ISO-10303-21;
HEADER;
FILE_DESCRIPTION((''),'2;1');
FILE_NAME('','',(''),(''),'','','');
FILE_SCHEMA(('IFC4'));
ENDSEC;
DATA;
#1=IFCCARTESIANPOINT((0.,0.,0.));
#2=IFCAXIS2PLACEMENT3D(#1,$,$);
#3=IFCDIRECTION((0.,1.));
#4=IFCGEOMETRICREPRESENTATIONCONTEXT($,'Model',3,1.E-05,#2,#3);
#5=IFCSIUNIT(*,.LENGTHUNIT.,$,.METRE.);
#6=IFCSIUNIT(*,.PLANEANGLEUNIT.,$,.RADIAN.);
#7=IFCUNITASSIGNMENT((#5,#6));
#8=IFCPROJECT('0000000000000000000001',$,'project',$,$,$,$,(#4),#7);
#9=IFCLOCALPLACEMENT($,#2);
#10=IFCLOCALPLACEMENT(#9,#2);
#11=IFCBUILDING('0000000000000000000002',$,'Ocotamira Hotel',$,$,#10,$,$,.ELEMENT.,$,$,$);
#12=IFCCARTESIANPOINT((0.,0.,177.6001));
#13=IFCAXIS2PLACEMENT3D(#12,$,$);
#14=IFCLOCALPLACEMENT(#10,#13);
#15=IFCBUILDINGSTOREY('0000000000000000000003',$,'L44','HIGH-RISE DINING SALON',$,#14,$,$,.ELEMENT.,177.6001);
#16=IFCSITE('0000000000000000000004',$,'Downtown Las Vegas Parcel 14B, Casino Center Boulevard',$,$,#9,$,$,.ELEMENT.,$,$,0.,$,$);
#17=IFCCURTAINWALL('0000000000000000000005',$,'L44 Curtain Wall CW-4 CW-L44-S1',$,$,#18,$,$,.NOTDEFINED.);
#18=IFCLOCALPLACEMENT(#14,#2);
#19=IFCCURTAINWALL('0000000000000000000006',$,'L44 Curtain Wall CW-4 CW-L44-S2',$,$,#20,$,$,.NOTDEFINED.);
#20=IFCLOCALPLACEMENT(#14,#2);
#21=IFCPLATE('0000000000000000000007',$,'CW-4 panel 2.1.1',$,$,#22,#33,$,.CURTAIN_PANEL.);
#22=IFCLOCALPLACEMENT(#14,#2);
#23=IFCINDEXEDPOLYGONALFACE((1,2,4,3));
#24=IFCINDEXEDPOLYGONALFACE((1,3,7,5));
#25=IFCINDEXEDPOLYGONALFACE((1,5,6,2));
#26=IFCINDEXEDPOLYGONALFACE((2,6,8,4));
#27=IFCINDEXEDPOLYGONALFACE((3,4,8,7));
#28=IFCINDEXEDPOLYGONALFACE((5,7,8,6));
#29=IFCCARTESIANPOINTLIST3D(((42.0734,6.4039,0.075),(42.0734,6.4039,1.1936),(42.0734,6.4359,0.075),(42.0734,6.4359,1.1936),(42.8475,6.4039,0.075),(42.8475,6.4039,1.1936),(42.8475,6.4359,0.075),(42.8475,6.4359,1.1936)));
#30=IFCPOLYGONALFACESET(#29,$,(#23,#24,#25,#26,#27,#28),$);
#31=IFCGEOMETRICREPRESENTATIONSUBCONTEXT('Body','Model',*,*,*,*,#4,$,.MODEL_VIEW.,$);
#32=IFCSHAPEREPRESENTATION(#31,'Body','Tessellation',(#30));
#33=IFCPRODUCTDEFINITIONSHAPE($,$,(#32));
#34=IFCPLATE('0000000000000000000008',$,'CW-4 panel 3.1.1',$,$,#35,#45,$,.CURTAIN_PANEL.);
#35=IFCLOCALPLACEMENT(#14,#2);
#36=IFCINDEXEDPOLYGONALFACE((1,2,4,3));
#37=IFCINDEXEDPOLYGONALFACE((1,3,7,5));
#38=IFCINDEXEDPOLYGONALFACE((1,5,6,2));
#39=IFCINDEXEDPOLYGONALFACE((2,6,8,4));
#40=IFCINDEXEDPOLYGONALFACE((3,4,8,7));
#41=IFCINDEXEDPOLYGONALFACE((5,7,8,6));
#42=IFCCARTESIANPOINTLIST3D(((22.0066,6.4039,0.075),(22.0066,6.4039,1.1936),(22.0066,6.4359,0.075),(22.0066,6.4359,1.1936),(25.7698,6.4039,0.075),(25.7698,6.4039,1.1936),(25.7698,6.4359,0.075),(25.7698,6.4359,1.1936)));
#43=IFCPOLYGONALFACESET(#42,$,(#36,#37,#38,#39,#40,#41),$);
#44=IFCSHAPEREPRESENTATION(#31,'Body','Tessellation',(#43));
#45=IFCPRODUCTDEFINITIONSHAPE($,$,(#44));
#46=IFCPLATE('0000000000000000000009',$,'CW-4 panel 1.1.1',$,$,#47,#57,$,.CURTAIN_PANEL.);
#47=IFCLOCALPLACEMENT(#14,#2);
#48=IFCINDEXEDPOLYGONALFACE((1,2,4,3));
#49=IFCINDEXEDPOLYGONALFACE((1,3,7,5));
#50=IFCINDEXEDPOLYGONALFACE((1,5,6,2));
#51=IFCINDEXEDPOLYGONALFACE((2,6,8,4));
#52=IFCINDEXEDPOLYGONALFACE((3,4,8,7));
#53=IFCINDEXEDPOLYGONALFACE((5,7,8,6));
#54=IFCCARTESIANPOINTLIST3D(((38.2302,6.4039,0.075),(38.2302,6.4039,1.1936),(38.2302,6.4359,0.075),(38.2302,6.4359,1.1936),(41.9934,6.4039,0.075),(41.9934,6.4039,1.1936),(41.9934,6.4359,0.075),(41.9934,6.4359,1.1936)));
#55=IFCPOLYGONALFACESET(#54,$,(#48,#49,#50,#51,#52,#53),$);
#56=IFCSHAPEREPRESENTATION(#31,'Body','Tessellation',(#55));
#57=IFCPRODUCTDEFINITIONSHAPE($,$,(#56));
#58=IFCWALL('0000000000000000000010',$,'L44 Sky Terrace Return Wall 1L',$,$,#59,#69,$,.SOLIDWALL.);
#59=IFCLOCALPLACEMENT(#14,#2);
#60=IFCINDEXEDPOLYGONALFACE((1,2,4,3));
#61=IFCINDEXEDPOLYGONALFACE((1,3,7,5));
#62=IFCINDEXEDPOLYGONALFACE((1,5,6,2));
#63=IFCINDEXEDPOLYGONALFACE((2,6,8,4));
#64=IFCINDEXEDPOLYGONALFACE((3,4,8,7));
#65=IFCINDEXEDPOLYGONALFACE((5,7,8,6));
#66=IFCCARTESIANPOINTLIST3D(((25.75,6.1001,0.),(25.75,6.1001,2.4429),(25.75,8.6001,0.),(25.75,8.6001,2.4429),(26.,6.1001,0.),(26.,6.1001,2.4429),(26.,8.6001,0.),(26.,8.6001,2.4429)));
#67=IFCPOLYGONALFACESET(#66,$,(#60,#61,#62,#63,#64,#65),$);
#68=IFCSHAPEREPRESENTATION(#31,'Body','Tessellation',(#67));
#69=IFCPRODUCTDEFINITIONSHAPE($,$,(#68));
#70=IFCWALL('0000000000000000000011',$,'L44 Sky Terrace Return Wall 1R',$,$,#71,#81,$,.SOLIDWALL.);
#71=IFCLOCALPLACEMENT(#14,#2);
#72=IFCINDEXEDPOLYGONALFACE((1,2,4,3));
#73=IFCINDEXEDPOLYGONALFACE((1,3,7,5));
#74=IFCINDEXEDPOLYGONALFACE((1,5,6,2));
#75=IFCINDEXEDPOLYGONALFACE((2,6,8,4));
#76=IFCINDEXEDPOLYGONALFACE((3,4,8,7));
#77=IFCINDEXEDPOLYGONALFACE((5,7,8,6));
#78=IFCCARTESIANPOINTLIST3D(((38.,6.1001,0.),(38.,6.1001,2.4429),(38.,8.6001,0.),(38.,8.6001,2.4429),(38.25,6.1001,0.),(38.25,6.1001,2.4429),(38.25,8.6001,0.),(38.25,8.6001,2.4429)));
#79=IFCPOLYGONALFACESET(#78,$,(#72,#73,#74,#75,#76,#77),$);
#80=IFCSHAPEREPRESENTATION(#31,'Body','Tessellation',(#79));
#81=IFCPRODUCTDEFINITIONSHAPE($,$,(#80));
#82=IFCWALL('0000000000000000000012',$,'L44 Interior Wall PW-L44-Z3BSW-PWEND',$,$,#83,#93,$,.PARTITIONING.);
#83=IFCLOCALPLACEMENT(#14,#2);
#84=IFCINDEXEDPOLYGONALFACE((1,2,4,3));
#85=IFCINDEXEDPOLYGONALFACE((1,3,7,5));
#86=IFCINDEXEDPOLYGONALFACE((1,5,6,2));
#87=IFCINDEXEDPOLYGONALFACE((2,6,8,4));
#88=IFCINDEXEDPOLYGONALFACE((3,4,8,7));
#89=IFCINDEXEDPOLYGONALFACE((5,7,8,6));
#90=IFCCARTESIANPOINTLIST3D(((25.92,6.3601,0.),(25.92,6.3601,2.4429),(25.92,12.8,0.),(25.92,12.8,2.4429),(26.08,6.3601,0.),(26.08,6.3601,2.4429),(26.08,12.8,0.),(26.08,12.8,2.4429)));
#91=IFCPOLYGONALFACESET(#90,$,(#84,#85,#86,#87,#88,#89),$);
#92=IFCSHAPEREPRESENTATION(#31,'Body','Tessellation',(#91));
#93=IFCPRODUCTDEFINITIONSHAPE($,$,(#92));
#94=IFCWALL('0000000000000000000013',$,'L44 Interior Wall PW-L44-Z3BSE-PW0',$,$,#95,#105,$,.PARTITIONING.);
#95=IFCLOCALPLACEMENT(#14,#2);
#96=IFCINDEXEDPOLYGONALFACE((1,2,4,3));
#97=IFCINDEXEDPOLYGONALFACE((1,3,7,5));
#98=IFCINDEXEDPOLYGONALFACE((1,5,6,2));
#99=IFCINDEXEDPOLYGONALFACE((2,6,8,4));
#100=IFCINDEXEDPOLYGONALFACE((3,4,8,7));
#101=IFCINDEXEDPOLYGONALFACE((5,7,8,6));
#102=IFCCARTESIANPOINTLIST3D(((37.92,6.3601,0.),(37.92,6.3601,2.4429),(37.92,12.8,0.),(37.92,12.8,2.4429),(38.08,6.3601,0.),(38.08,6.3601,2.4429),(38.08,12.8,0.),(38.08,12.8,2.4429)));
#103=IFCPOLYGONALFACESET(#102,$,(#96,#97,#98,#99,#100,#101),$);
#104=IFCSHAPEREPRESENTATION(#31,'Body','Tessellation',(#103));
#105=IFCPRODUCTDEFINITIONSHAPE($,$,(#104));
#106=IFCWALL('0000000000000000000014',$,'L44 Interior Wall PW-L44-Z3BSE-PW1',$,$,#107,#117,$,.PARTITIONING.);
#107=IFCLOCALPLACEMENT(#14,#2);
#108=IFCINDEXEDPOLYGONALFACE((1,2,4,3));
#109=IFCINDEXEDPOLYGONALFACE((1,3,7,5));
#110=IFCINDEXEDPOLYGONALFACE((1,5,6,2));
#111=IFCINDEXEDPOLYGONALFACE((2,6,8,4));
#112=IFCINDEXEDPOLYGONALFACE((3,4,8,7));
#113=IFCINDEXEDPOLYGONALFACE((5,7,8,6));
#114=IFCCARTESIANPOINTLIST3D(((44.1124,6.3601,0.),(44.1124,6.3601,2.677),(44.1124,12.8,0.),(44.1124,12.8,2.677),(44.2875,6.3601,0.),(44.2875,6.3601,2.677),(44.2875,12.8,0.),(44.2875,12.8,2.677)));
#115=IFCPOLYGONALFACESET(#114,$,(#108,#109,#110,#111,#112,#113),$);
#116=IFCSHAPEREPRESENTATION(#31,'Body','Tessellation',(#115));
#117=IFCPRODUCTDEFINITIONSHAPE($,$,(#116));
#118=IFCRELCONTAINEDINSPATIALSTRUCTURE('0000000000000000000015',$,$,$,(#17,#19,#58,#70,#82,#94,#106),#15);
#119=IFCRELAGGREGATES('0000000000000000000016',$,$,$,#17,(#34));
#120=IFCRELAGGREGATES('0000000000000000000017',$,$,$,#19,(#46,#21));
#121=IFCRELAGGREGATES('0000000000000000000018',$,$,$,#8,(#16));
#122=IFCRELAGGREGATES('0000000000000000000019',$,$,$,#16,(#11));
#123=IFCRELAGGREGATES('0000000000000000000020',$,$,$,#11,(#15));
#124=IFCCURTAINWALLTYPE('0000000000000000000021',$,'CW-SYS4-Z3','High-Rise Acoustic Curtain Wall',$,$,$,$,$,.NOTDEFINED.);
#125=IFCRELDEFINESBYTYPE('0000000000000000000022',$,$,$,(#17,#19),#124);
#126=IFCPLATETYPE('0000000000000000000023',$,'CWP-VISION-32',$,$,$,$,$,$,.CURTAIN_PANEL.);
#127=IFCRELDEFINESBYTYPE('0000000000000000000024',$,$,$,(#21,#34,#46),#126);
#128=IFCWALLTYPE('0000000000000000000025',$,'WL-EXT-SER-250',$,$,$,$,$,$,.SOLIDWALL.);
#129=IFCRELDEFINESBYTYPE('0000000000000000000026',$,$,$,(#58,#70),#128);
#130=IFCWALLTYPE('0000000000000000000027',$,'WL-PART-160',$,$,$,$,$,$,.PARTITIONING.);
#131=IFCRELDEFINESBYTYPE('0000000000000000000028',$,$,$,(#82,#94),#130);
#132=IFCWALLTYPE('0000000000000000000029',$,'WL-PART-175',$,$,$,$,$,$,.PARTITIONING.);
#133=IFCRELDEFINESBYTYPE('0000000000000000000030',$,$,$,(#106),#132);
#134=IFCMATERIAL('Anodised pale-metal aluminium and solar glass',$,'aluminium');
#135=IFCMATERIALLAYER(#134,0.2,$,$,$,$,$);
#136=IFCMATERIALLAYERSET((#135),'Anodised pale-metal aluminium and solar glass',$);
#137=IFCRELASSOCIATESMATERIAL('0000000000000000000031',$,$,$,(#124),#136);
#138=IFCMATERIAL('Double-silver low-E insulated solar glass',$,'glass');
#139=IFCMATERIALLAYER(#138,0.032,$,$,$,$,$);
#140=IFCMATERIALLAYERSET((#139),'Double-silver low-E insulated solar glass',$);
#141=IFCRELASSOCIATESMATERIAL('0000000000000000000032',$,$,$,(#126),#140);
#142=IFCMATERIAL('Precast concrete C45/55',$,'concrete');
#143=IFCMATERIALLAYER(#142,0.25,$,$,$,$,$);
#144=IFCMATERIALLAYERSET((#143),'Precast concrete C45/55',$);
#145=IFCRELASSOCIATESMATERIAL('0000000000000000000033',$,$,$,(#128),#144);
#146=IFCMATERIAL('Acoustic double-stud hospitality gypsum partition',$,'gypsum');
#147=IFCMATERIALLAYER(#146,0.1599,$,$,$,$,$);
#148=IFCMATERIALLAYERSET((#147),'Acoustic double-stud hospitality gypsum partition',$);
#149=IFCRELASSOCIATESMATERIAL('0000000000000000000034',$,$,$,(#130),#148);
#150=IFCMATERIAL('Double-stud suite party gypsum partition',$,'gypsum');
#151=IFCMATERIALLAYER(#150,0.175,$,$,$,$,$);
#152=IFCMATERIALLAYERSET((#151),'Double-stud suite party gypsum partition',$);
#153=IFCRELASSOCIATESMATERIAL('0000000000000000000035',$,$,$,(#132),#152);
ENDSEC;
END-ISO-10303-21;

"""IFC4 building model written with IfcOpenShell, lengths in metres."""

from ifc_helpers import new_model, si_unit, direction, frame, frame_2d, origin, origin_2d, place, context, subcontext, project, spatial, rectangle, extrude, source, transform, mapped, material, layer, layer_set, type_object, element, aggregate, save


model = new_model("IFC4")

# Units and contexts
model_context = context("Model", 3, precision=1e-05, world=origin(), true_north=direction((0.0, 1.0)))
body_context = subcontext(model_context, "Body", "Model", "MODEL_VIEW")
ifc_project = project(units=[si_unit("LENGTHUNIT", "METRE"), si_unit("PLANEANGLEUNIT", "RADIAN")], contexts=[model_context])

# Site, building, storey
site_placement = place(None, origin())
site = spatial("IfcSite", under=ifc_project, at=site_placement, Name="Downtown Las Vegas Parcel 14B, Casino Center Boulevard", CompositionType="ELEMENT", RefElevation=0.0)
building_placement = place(site_placement, origin())
building = spatial("IfcBuilding", under=site, at=building_placement, Name="Ocotamira Hotel", CompositionType="ELEMENT")
storey_placement = place(building_placement, frame((0.0, 0.0, 177.6001)))
storey = spatial("IfcBuildingStorey", under=building, at=storey_placement, Name="L44", Description="HIGH-RISE DINING SALON", CompositionType="ELEMENT", Elevation=177.6001)

# Curtain wall
ifc_material_1 = material(Name="Anodised pale-metal aluminium and solar glass", Category="aluminium")
ifc_layer_1 = layer(ifc_material_1, 0.2)
ifc_layer_set_1 = layer_set([ifc_layer_1], Name="Anodised pale-metal aluminium and solar glass")
curtain_wall_type = type_object("IfcCurtainWallType", Name="CW-SYS4-Z3", Description="High-Rise Acoustic Curtain Wall", PredefinedType="NOTDEFINED", material=ifc_layer_set_1)
curtain_wall_1_placement = place(storey_placement, origin())
curtain_wall_1 = element("IfcCurtainWall", 1, at=curtain_wall_1_placement, inside=storey, type_object=curtain_wall_type, Name="L44 Curtain Wall CW-4 CW-L44-S1", PredefinedType="NOTDEFINED")

# Curtain wall
curtain_wall_2_placement = place(storey_placement, origin())
curtain_wall_2 = element("IfcCurtainWall", 2, at=curtain_wall_2_placement, inside=storey, type_object=curtain_wall_type, Name="L44 Curtain Wall CW-4 CW-L44-S2", PredefinedType="NOTDEFINED")

# Plates
ifc_material_2 = material(Name="Double-silver low-E insulated solar glass", Category="glass")
ifc_layer_2 = layer(ifc_material_2, 0.032)
ifc_layer_set_2 = layer_set([ifc_layer_2], Name="Double-silver low-E insulated solar glass")
plate_type_1 = type_object("IfcPlateType", Name="CWP-VISION-32", PredefinedType="CURTAIN_PANEL", material=ifc_layer_set_2)
shared_shape_1 = source(origin(), body_context, "Body", "SweptSolid", [
    extrude(rectangle(XDim=0.7742, YDim=0.032, at=origin_2d()), origin(), (0.0, 0.0, 1.0), 1.1187),
])
plate_1_placement = place(storey_placement, frame((42.4604, 6.4199, 0.075), z_axis=(0.0, 0.0, 1.0), x_axis=(1.0, 0.0, 0.0)))
plate_1 = element("IfcPlate", 3, at=plate_1_placement, type_object=plate_type_1, Name="CW-4 panel 2.1.1", PredefinedType="CURTAIN_PANEL", context=body_context, shape_type="MappedRepresentation", body=[
    mapped(shared_shape_1, transform((0.0, 0.0, 0.0), scale=1.0)),
])
shared_shape_2 = source(origin(), body_context, "Body", "SweptSolid", [
    extrude(rectangle(XDim=3.7632, YDim=0.032, at=origin_2d()), origin(), (0.0, 0.0, 1.0), 1.1187),
])
plate_2_placement = place(storey_placement, frame((23.8882, 6.4199, 0.075), z_axis=(0.0, 0.0, 1.0), x_axis=(1.0, 0.0, 0.0)))
plate_2 = element("IfcPlate", 4, at=plate_2_placement, type_object=plate_type_1, Name="CW-4 panel 3.1.1", PredefinedType="CURTAIN_PANEL", context=body_context, shape_type="MappedRepresentation", body=[
    mapped(shared_shape_2, transform((0.0, 0.0, 0.0), scale=1.0)),
])
aggregate(curtain_wall_1, [plate_2])
plate_3_placement = place(storey_placement, frame((40.1118, 6.4199, 0.075), z_axis=(0.0, 0.0, 1.0), x_axis=(1.0, 0.0, 0.0)))
plate_3 = element("IfcPlate", 5, at=plate_3_placement, type_object=plate_type_1, Name="CW-4 panel 1.1.1", PredefinedType="CURTAIN_PANEL", context=body_context, shape_type="MappedRepresentation", body=[
    mapped(shared_shape_2, transform((0.0, 0.0, 0.0), scale=1.0)),
])
aggregate(curtain_wall_2, [plate_3, plate_1])

# Walls
ifc_material_3 = material(Name="Precast concrete C45/55", Category="concrete")
ifc_layer_3 = layer(ifc_material_3, 0.25)
ifc_layer_set_3 = layer_set([ifc_layer_3], Name="Precast concrete C45/55")
wall_type_1 = type_object("IfcWallType", Name="WL-EXT-SER-250", PredefinedType="SOLIDWALL", material=ifc_layer_set_3)
for number, where, z_axis, x_axis, name in (
    (6, (25.875, 6.1001, 0.0), (0.0, 0.0, 1.0), (0.0, 1.0, 0.0), "L44 Sky Terrace Return Wall 1L"),
    (7, (38.125, 6.1001, 0.0), (0.0, 0.0, 1.0), (0.0, 1.0, 0.0), "L44 Sky Terrace Return Wall 1R"),
):
    element("IfcWall", number, at=place(storey_placement, frame(where, z_axis=z_axis, x_axis=x_axis)), inside=storey, type_object=wall_type_1, Name=name, PredefinedType="SOLIDWALL", context=body_context, shape_type="SweptSolid", body=[
        extrude(rectangle(XDim=2.5, YDim=0.25, at=frame_2d((1.25, 0.0))), origin(), (0.0, 0.0, 1.0), 2.4429),
    ])
ifc_material_4 = material(Name="Acoustic double-stud hospitality gypsum partition", Category="gypsum")
ifc_layer_4 = layer(ifc_material_4, 0.1599)
ifc_layer_set_4 = layer_set([ifc_layer_4], Name="Acoustic double-stud hospitality gypsum partition")
wall_type_2 = type_object("IfcWallType", Name="WL-PART-160", PredefinedType="PARTITIONING", material=ifc_layer_set_4)
for number, where, z_axis, x_axis, name in (
    (8, (26.0, 6.3601, 0.0), (0.0, 0.0, 1.0), (0.0, 1.0, 0.0), "L44 Interior Wall PW-L44-Z3BSW-PWEND"),
    (9, (38.0, 6.3601, 0.0), (0.0, 0.0, 1.0), (0.0, 1.0, 0.0), "L44 Interior Wall PW-L44-Z3BSE-PW0"),
):
    element("IfcWall", number, at=place(storey_placement, frame(where, z_axis=z_axis, x_axis=x_axis)), inside=storey, type_object=wall_type_2, Name=name, PredefinedType="PARTITIONING", context=body_context, shape_type="SweptSolid", body=[
        extrude(rectangle(XDim=6.4399, YDim=0.1599, at=frame_2d((3.22, 0.0))), origin(), (0.0, 0.0, 1.0), 2.4429),
    ])
ifc_material_5 = material(Name="Double-stud suite party gypsum partition", Category="gypsum")
ifc_layer_5 = layer(ifc_material_5, 0.175)
ifc_layer_set_5 = layer_set([ifc_layer_5], Name="Double-stud suite party gypsum partition")
wall_type_3 = type_object("IfcWallType", Name="WL-PART-175", PredefinedType="PARTITIONING", material=ifc_layer_set_5)
wall_placement = place(storey_placement, frame((44.2, 6.3601, 0.0), z_axis=(0.0, 0.0, 1.0), x_axis=(0.0, 1.0, 0.0)))
element("IfcWall", 10, at=wall_placement, inside=storey, type_object=wall_type_3, Name="L44 Interior Wall PW-L44-Z3BSE-PW1", PredefinedType="PARTITIONING", context=body_context, shape_type="SweptSolid", body=[
    extrude(rectangle(XDim=6.4399, YDim=0.175, at=frame_2d((3.22, 0.0))), origin(), (0.0, 0.0, 1.0), 2.677),
])

save(model, "model.ifc")
